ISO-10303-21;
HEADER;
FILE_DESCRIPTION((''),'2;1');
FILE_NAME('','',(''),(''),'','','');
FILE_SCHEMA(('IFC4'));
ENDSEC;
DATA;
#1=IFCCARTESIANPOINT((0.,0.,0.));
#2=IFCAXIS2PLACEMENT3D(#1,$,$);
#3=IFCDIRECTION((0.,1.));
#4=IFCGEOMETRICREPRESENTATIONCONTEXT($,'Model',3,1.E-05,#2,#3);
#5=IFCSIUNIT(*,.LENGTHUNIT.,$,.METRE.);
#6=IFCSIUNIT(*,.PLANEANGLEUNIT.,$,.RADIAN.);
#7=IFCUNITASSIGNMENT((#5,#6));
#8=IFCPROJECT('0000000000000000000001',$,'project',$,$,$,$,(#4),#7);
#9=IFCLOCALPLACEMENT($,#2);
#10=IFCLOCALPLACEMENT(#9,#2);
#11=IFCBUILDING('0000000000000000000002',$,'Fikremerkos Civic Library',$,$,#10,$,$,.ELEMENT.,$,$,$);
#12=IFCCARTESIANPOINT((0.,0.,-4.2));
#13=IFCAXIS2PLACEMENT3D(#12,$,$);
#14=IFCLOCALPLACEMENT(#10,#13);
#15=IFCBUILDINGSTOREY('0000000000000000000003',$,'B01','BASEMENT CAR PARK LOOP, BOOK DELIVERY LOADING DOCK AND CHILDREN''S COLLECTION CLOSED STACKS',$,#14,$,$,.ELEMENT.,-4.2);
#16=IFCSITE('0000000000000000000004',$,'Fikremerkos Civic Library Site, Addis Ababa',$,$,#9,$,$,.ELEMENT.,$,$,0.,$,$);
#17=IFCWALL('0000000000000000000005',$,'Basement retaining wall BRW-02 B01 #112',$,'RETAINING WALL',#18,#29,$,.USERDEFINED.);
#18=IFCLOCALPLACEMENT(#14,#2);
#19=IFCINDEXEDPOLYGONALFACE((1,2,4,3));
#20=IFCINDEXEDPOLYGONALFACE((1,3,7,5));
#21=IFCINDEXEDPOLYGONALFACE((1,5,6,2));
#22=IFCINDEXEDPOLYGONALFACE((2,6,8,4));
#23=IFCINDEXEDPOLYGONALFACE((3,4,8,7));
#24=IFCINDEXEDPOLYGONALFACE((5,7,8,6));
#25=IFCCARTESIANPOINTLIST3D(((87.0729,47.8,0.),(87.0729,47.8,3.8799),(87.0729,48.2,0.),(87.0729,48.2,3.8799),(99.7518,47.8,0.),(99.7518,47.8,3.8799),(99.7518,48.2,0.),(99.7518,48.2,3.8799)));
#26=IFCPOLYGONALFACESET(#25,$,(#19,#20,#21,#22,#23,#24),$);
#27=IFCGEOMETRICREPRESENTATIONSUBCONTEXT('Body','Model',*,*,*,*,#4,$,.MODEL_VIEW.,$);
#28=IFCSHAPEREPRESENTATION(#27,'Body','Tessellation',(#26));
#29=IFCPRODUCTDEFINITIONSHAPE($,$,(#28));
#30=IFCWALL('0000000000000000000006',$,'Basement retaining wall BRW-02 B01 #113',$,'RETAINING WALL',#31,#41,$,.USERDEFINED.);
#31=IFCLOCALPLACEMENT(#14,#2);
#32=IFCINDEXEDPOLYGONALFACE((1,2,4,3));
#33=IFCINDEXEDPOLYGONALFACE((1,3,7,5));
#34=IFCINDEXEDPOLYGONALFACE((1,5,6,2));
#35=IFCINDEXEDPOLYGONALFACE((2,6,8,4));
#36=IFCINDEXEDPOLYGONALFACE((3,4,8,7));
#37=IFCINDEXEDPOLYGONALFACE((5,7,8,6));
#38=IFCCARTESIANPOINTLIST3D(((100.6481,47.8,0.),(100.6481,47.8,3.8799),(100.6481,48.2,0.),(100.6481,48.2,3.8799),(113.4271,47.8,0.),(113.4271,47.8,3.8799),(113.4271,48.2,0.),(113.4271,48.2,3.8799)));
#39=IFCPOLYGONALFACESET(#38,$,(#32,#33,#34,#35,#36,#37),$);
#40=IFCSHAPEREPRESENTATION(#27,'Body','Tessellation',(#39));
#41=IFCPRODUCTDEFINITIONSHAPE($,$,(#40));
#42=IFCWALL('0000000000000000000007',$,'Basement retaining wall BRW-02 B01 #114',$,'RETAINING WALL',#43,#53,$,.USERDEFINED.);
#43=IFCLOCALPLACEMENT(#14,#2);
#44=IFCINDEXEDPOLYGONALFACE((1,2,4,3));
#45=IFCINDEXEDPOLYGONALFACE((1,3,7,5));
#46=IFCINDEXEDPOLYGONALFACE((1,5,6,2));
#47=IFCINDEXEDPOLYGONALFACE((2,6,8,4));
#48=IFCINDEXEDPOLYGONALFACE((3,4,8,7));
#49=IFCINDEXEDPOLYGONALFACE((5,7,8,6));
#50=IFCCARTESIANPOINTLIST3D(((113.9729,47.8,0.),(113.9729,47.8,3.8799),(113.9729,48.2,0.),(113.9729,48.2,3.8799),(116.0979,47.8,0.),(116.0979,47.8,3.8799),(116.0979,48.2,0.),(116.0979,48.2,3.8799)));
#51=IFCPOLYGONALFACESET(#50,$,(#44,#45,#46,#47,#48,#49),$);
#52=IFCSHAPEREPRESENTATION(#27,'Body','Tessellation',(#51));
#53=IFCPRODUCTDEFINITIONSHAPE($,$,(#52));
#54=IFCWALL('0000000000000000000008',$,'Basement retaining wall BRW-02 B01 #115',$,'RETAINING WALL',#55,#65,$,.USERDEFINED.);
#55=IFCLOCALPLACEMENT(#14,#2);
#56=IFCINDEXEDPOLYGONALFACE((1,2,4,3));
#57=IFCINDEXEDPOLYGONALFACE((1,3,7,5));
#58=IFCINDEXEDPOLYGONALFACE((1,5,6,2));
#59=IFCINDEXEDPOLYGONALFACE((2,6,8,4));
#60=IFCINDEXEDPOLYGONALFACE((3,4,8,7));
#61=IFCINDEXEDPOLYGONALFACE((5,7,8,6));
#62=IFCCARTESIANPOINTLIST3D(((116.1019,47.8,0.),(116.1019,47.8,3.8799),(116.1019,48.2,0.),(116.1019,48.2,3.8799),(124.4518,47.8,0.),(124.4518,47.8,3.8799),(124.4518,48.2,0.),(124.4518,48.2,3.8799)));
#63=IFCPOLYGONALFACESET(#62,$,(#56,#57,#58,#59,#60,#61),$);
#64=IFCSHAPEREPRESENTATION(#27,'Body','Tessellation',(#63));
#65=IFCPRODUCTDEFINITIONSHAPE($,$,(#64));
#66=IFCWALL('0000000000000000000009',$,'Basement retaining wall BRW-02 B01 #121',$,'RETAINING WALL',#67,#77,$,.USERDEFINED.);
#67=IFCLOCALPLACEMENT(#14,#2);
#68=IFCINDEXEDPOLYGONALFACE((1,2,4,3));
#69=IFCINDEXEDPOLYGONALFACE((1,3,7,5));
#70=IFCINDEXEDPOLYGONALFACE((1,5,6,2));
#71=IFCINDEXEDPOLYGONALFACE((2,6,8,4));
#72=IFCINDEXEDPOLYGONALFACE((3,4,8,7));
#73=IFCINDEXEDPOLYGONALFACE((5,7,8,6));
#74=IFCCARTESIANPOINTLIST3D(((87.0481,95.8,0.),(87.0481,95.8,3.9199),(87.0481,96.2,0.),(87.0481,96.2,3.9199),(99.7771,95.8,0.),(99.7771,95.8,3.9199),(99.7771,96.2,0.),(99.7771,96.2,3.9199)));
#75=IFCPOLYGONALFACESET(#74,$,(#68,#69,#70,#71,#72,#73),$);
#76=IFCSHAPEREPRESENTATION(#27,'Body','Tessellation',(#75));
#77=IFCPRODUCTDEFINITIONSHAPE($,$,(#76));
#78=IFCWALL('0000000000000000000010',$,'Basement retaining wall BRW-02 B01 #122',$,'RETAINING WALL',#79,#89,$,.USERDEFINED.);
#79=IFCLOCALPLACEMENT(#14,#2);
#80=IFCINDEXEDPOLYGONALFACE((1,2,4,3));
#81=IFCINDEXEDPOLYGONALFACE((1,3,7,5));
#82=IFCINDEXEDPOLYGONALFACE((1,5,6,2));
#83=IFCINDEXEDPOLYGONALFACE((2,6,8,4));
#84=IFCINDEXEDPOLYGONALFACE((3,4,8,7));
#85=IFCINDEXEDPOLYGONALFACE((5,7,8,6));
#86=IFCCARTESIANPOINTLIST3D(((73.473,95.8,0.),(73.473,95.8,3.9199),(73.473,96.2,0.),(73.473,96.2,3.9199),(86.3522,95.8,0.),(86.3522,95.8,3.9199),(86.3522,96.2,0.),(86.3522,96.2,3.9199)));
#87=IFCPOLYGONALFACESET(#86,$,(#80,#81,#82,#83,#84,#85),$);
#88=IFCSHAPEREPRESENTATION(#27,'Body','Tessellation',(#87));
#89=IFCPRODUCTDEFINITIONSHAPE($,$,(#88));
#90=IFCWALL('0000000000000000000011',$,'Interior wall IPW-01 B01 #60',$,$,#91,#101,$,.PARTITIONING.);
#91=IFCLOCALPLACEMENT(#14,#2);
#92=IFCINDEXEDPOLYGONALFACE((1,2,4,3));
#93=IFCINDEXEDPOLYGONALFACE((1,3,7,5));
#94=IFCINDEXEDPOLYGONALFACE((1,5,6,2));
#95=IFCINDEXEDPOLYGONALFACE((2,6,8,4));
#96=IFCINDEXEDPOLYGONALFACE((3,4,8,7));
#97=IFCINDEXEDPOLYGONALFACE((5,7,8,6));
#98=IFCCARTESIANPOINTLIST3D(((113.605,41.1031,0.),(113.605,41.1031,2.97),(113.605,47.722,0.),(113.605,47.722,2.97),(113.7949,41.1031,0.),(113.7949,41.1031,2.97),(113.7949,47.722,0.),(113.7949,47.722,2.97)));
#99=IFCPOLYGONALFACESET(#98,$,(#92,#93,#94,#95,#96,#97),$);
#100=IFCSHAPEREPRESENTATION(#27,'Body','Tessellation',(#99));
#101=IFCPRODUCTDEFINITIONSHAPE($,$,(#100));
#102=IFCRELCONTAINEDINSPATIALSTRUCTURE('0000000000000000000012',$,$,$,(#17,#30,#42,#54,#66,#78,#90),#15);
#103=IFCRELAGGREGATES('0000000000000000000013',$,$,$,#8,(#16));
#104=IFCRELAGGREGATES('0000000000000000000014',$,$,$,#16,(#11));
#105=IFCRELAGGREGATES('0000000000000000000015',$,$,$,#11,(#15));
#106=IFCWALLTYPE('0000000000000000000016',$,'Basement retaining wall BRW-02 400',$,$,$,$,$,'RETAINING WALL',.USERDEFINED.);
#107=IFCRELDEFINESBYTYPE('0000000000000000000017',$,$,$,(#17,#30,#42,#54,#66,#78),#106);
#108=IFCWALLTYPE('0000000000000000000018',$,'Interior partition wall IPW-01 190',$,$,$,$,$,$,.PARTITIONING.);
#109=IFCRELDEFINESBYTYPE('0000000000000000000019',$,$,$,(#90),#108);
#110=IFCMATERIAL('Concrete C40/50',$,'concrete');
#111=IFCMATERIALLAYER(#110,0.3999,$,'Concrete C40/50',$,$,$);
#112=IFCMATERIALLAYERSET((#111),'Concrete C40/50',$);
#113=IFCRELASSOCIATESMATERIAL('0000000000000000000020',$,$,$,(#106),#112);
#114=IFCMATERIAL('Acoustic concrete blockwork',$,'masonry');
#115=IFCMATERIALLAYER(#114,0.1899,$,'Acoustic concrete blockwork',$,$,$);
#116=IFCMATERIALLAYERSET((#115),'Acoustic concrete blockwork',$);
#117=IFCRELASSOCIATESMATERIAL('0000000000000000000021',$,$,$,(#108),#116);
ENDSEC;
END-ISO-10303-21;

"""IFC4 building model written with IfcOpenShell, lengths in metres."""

from ifc_helpers import new_model, si_unit, direction, frame, frame_2d, origin, place, context, subcontext, project, spatial, rectangle, extrude, material, layer, layer_set, type_object, element, save


model = new_model("IFC4")

# Units and contexts
model_context = context("Model", 3, precision=1e-05, world=origin(), true_north=direction((0.0, 1.0)))
body_context = subcontext(model_context, "Body", "Model", "MODEL_VIEW")
ifc_project = project(units=[si_unit("LENGTHUNIT", "METRE"), si_unit("PLANEANGLEUNIT", "RADIAN")], contexts=[model_context])

# Site, building, storey
site_placement = place(None, origin())
site = spatial("IfcSite", under=ifc_project, at=site_placement, Name="Fikremerkos Civic Library Site, Addis Ababa", CompositionType="ELEMENT", RefElevation=0.0)
building_placement = place(site_placement, origin())
building = spatial("IfcBuilding", under=site, at=building_placement, Name="Fikremerkos Civic Library", CompositionType="ELEMENT")
storey_placement = place(building_placement, frame((0.0, 0.0, -4.2)))
storey = spatial("IfcBuildingStorey", under=building, at=storey_placement, Name="B01", Description="BASEMENT CAR PARK LOOP, BOOK DELIVERY LOADING DOCK AND CHILDREN'S COLLECTION CLOSED STACKS", CompositionType="ELEMENT", Elevation=-4.2)

# Shared definitions
ifc_material_1 = material(Name="Concrete C40/50", Category="concrete")

# Walls
ifc_layer_1 = layer(ifc_material_1, 0.3999, Name="Concrete C40/50")
ifc_layer_set_1 = layer_set([ifc_layer_1], Name="Concrete C40/50")
wall_type_1 = type_object("IfcWallType", Name="Basement retaining wall BRW-02 400", ElementType="RETAINING WALL", PredefinedType="USERDEFINED", material=ifc_layer_set_1)
wall_1_placement = place(storey_placement, frame((87.073, 48.0, 0.0), z_axis=(0.0, 0.0, 1.0), x_axis=(1.0, 0.0, 0.0)))
element("IfcWall", 1, at=wall_1_placement, inside=storey, type_object=wall_type_1, Name="Basement retaining wall BRW-02 B01 #112", ObjectType="RETAINING WALL", PredefinedType="USERDEFINED", context=body_context, shape_type="SweptSolid", body=[
    extrude(rectangle(XDim=12.679, YDim=0.3999, at=frame_2d((6.3394, 0.0))), origin(), (0.0, 0.0, 1.0), 3.8799),
])
wall_2_placement = place(storey_placement, frame((100.6479, 48.0, 0.0), z_axis=(0.0, 0.0, 1.0), x_axis=(1.0, 0.0, 0.0)))
element("IfcWall", 2, at=wall_2_placement, inside=storey, type_object=wall_type_1, Name="Basement retaining wall BRW-02 B01 #113", ObjectType="RETAINING WALL", PredefinedType="USERDEFINED", context=body_context, shape_type="SweptSolid", body=[
    extrude(rectangle(XDim=12.7791, YDim=0.3999, at=frame_2d((6.3896, 0.0))), origin(), (0.0, 0.0, 1.0), 3.8799),
])
wall_3_placement = place(storey_placement, frame((113.9729, 48.0, 0.0), z_axis=(0.0, 0.0, 1.0), x_axis=(1.0, 0.0, 0.0)))
element("IfcWall", 3, at=wall_3_placement, inside=storey, type_object=wall_type_1, Name="Basement retaining wall BRW-02 B01 #114", ObjectType="RETAINING WALL", PredefinedType="USERDEFINED", context=body_context, shape_type="SweptSolid", body=[
    extrude(rectangle(XDim=2.125, YDim=0.3999, at=frame_2d((1.0625, 0.0))), origin(), (0.0, 0.0, 1.0), 3.8799),
])
wall_4_placement = place(storey_placement, frame((116.1021, 48.0, 0.0), z_axis=(0.0, 0.0, 1.0), x_axis=(1.0, 0.0, 0.0)))
element("IfcWall", 4, at=wall_4_placement, inside=storey, type_object=wall_type_1, Name="Basement retaining wall BRW-02 B01 #115", ObjectType="RETAINING WALL", PredefinedType="USERDEFINED", context=body_context, shape_type="SweptSolid", body=[
    extrude(rectangle(XDim=8.3499, YDim=0.3999, at=frame_2d((4.1748, 0.0))), origin(), (0.0, 0.0, 1.0), 3.8799),
])
wall_5_placement = place(storey_placement, frame((99.7771, 96.0, 0.0), z_axis=(0.0, 0.0, 1.0), x_axis=(-1.0, 0.0, 0.0)))
element("IfcWall", 5, at=wall_5_placement, inside=storey, type_object=wall_type_1, Name="Basement retaining wall BRW-02 B01 #121", ObjectType="RETAINING WALL", PredefinedType="USERDEFINED", context=body_context, shape_type="SweptSolid", body=[
    extrude(rectangle(XDim=12.729, YDim=0.3999, at=frame_2d((6.3645, 0.0))), origin(), (0.0, 0.0, 1.0), 3.9199),
])
wall_6_placement = place(storey_placement, frame((86.3521, 96.0, 0.0), z_axis=(0.0, 0.0, 1.0), x_axis=(-1.0, 0.0, 0.0)))
element("IfcWall", 6, at=wall_6_placement, inside=storey, type_object=wall_type_1, Name="Basement retaining wall BRW-02 B01 #122", ObjectType="RETAINING WALL", PredefinedType="USERDEFINED", context=body_context, shape_type="SweptSolid", body=[
    extrude(rectangle(XDim=12.8792, YDim=0.3999, at=frame_2d((6.4395, 0.0))), origin(), (0.0, 0.0, 1.0), 3.9199),
])
ifc_material_2 = material(Name="Acoustic concrete blockwork", Category="masonry")
ifc_layer_2 = layer(ifc_material_2, 0.1899, Name="Acoustic concrete blockwork")
ifc_layer_set_2 = layer_set([ifc_layer_2], Name="Acoustic concrete blockwork")
wall_type_2 = type_object("IfcWallType", Name="Interior partition wall IPW-01 190", PredefinedType="PARTITIONING", material=ifc_layer_set_2)
wall_7_placement = place(storey_placement, frame((113.7, 41.103, 0.0), z_axis=(0.0, 0.0, 1.0), x_axis=(0.0, 1.0, 0.0)))
element("IfcWall", 7, at=wall_7_placement, inside=storey, type_object=wall_type_2, Name="Interior wall IPW-01 B01 #60", PredefinedType="PARTITIONING", context=body_context, shape_type="SweptSolid", body=[
    extrude(rectangle(XDim=6.6189, YDim=0.1899, at=frame_2d((3.3096, 0.0))), origin(), (0.0, 0.0, 1.0), 2.97),
])

save(model, "model.ifc")
